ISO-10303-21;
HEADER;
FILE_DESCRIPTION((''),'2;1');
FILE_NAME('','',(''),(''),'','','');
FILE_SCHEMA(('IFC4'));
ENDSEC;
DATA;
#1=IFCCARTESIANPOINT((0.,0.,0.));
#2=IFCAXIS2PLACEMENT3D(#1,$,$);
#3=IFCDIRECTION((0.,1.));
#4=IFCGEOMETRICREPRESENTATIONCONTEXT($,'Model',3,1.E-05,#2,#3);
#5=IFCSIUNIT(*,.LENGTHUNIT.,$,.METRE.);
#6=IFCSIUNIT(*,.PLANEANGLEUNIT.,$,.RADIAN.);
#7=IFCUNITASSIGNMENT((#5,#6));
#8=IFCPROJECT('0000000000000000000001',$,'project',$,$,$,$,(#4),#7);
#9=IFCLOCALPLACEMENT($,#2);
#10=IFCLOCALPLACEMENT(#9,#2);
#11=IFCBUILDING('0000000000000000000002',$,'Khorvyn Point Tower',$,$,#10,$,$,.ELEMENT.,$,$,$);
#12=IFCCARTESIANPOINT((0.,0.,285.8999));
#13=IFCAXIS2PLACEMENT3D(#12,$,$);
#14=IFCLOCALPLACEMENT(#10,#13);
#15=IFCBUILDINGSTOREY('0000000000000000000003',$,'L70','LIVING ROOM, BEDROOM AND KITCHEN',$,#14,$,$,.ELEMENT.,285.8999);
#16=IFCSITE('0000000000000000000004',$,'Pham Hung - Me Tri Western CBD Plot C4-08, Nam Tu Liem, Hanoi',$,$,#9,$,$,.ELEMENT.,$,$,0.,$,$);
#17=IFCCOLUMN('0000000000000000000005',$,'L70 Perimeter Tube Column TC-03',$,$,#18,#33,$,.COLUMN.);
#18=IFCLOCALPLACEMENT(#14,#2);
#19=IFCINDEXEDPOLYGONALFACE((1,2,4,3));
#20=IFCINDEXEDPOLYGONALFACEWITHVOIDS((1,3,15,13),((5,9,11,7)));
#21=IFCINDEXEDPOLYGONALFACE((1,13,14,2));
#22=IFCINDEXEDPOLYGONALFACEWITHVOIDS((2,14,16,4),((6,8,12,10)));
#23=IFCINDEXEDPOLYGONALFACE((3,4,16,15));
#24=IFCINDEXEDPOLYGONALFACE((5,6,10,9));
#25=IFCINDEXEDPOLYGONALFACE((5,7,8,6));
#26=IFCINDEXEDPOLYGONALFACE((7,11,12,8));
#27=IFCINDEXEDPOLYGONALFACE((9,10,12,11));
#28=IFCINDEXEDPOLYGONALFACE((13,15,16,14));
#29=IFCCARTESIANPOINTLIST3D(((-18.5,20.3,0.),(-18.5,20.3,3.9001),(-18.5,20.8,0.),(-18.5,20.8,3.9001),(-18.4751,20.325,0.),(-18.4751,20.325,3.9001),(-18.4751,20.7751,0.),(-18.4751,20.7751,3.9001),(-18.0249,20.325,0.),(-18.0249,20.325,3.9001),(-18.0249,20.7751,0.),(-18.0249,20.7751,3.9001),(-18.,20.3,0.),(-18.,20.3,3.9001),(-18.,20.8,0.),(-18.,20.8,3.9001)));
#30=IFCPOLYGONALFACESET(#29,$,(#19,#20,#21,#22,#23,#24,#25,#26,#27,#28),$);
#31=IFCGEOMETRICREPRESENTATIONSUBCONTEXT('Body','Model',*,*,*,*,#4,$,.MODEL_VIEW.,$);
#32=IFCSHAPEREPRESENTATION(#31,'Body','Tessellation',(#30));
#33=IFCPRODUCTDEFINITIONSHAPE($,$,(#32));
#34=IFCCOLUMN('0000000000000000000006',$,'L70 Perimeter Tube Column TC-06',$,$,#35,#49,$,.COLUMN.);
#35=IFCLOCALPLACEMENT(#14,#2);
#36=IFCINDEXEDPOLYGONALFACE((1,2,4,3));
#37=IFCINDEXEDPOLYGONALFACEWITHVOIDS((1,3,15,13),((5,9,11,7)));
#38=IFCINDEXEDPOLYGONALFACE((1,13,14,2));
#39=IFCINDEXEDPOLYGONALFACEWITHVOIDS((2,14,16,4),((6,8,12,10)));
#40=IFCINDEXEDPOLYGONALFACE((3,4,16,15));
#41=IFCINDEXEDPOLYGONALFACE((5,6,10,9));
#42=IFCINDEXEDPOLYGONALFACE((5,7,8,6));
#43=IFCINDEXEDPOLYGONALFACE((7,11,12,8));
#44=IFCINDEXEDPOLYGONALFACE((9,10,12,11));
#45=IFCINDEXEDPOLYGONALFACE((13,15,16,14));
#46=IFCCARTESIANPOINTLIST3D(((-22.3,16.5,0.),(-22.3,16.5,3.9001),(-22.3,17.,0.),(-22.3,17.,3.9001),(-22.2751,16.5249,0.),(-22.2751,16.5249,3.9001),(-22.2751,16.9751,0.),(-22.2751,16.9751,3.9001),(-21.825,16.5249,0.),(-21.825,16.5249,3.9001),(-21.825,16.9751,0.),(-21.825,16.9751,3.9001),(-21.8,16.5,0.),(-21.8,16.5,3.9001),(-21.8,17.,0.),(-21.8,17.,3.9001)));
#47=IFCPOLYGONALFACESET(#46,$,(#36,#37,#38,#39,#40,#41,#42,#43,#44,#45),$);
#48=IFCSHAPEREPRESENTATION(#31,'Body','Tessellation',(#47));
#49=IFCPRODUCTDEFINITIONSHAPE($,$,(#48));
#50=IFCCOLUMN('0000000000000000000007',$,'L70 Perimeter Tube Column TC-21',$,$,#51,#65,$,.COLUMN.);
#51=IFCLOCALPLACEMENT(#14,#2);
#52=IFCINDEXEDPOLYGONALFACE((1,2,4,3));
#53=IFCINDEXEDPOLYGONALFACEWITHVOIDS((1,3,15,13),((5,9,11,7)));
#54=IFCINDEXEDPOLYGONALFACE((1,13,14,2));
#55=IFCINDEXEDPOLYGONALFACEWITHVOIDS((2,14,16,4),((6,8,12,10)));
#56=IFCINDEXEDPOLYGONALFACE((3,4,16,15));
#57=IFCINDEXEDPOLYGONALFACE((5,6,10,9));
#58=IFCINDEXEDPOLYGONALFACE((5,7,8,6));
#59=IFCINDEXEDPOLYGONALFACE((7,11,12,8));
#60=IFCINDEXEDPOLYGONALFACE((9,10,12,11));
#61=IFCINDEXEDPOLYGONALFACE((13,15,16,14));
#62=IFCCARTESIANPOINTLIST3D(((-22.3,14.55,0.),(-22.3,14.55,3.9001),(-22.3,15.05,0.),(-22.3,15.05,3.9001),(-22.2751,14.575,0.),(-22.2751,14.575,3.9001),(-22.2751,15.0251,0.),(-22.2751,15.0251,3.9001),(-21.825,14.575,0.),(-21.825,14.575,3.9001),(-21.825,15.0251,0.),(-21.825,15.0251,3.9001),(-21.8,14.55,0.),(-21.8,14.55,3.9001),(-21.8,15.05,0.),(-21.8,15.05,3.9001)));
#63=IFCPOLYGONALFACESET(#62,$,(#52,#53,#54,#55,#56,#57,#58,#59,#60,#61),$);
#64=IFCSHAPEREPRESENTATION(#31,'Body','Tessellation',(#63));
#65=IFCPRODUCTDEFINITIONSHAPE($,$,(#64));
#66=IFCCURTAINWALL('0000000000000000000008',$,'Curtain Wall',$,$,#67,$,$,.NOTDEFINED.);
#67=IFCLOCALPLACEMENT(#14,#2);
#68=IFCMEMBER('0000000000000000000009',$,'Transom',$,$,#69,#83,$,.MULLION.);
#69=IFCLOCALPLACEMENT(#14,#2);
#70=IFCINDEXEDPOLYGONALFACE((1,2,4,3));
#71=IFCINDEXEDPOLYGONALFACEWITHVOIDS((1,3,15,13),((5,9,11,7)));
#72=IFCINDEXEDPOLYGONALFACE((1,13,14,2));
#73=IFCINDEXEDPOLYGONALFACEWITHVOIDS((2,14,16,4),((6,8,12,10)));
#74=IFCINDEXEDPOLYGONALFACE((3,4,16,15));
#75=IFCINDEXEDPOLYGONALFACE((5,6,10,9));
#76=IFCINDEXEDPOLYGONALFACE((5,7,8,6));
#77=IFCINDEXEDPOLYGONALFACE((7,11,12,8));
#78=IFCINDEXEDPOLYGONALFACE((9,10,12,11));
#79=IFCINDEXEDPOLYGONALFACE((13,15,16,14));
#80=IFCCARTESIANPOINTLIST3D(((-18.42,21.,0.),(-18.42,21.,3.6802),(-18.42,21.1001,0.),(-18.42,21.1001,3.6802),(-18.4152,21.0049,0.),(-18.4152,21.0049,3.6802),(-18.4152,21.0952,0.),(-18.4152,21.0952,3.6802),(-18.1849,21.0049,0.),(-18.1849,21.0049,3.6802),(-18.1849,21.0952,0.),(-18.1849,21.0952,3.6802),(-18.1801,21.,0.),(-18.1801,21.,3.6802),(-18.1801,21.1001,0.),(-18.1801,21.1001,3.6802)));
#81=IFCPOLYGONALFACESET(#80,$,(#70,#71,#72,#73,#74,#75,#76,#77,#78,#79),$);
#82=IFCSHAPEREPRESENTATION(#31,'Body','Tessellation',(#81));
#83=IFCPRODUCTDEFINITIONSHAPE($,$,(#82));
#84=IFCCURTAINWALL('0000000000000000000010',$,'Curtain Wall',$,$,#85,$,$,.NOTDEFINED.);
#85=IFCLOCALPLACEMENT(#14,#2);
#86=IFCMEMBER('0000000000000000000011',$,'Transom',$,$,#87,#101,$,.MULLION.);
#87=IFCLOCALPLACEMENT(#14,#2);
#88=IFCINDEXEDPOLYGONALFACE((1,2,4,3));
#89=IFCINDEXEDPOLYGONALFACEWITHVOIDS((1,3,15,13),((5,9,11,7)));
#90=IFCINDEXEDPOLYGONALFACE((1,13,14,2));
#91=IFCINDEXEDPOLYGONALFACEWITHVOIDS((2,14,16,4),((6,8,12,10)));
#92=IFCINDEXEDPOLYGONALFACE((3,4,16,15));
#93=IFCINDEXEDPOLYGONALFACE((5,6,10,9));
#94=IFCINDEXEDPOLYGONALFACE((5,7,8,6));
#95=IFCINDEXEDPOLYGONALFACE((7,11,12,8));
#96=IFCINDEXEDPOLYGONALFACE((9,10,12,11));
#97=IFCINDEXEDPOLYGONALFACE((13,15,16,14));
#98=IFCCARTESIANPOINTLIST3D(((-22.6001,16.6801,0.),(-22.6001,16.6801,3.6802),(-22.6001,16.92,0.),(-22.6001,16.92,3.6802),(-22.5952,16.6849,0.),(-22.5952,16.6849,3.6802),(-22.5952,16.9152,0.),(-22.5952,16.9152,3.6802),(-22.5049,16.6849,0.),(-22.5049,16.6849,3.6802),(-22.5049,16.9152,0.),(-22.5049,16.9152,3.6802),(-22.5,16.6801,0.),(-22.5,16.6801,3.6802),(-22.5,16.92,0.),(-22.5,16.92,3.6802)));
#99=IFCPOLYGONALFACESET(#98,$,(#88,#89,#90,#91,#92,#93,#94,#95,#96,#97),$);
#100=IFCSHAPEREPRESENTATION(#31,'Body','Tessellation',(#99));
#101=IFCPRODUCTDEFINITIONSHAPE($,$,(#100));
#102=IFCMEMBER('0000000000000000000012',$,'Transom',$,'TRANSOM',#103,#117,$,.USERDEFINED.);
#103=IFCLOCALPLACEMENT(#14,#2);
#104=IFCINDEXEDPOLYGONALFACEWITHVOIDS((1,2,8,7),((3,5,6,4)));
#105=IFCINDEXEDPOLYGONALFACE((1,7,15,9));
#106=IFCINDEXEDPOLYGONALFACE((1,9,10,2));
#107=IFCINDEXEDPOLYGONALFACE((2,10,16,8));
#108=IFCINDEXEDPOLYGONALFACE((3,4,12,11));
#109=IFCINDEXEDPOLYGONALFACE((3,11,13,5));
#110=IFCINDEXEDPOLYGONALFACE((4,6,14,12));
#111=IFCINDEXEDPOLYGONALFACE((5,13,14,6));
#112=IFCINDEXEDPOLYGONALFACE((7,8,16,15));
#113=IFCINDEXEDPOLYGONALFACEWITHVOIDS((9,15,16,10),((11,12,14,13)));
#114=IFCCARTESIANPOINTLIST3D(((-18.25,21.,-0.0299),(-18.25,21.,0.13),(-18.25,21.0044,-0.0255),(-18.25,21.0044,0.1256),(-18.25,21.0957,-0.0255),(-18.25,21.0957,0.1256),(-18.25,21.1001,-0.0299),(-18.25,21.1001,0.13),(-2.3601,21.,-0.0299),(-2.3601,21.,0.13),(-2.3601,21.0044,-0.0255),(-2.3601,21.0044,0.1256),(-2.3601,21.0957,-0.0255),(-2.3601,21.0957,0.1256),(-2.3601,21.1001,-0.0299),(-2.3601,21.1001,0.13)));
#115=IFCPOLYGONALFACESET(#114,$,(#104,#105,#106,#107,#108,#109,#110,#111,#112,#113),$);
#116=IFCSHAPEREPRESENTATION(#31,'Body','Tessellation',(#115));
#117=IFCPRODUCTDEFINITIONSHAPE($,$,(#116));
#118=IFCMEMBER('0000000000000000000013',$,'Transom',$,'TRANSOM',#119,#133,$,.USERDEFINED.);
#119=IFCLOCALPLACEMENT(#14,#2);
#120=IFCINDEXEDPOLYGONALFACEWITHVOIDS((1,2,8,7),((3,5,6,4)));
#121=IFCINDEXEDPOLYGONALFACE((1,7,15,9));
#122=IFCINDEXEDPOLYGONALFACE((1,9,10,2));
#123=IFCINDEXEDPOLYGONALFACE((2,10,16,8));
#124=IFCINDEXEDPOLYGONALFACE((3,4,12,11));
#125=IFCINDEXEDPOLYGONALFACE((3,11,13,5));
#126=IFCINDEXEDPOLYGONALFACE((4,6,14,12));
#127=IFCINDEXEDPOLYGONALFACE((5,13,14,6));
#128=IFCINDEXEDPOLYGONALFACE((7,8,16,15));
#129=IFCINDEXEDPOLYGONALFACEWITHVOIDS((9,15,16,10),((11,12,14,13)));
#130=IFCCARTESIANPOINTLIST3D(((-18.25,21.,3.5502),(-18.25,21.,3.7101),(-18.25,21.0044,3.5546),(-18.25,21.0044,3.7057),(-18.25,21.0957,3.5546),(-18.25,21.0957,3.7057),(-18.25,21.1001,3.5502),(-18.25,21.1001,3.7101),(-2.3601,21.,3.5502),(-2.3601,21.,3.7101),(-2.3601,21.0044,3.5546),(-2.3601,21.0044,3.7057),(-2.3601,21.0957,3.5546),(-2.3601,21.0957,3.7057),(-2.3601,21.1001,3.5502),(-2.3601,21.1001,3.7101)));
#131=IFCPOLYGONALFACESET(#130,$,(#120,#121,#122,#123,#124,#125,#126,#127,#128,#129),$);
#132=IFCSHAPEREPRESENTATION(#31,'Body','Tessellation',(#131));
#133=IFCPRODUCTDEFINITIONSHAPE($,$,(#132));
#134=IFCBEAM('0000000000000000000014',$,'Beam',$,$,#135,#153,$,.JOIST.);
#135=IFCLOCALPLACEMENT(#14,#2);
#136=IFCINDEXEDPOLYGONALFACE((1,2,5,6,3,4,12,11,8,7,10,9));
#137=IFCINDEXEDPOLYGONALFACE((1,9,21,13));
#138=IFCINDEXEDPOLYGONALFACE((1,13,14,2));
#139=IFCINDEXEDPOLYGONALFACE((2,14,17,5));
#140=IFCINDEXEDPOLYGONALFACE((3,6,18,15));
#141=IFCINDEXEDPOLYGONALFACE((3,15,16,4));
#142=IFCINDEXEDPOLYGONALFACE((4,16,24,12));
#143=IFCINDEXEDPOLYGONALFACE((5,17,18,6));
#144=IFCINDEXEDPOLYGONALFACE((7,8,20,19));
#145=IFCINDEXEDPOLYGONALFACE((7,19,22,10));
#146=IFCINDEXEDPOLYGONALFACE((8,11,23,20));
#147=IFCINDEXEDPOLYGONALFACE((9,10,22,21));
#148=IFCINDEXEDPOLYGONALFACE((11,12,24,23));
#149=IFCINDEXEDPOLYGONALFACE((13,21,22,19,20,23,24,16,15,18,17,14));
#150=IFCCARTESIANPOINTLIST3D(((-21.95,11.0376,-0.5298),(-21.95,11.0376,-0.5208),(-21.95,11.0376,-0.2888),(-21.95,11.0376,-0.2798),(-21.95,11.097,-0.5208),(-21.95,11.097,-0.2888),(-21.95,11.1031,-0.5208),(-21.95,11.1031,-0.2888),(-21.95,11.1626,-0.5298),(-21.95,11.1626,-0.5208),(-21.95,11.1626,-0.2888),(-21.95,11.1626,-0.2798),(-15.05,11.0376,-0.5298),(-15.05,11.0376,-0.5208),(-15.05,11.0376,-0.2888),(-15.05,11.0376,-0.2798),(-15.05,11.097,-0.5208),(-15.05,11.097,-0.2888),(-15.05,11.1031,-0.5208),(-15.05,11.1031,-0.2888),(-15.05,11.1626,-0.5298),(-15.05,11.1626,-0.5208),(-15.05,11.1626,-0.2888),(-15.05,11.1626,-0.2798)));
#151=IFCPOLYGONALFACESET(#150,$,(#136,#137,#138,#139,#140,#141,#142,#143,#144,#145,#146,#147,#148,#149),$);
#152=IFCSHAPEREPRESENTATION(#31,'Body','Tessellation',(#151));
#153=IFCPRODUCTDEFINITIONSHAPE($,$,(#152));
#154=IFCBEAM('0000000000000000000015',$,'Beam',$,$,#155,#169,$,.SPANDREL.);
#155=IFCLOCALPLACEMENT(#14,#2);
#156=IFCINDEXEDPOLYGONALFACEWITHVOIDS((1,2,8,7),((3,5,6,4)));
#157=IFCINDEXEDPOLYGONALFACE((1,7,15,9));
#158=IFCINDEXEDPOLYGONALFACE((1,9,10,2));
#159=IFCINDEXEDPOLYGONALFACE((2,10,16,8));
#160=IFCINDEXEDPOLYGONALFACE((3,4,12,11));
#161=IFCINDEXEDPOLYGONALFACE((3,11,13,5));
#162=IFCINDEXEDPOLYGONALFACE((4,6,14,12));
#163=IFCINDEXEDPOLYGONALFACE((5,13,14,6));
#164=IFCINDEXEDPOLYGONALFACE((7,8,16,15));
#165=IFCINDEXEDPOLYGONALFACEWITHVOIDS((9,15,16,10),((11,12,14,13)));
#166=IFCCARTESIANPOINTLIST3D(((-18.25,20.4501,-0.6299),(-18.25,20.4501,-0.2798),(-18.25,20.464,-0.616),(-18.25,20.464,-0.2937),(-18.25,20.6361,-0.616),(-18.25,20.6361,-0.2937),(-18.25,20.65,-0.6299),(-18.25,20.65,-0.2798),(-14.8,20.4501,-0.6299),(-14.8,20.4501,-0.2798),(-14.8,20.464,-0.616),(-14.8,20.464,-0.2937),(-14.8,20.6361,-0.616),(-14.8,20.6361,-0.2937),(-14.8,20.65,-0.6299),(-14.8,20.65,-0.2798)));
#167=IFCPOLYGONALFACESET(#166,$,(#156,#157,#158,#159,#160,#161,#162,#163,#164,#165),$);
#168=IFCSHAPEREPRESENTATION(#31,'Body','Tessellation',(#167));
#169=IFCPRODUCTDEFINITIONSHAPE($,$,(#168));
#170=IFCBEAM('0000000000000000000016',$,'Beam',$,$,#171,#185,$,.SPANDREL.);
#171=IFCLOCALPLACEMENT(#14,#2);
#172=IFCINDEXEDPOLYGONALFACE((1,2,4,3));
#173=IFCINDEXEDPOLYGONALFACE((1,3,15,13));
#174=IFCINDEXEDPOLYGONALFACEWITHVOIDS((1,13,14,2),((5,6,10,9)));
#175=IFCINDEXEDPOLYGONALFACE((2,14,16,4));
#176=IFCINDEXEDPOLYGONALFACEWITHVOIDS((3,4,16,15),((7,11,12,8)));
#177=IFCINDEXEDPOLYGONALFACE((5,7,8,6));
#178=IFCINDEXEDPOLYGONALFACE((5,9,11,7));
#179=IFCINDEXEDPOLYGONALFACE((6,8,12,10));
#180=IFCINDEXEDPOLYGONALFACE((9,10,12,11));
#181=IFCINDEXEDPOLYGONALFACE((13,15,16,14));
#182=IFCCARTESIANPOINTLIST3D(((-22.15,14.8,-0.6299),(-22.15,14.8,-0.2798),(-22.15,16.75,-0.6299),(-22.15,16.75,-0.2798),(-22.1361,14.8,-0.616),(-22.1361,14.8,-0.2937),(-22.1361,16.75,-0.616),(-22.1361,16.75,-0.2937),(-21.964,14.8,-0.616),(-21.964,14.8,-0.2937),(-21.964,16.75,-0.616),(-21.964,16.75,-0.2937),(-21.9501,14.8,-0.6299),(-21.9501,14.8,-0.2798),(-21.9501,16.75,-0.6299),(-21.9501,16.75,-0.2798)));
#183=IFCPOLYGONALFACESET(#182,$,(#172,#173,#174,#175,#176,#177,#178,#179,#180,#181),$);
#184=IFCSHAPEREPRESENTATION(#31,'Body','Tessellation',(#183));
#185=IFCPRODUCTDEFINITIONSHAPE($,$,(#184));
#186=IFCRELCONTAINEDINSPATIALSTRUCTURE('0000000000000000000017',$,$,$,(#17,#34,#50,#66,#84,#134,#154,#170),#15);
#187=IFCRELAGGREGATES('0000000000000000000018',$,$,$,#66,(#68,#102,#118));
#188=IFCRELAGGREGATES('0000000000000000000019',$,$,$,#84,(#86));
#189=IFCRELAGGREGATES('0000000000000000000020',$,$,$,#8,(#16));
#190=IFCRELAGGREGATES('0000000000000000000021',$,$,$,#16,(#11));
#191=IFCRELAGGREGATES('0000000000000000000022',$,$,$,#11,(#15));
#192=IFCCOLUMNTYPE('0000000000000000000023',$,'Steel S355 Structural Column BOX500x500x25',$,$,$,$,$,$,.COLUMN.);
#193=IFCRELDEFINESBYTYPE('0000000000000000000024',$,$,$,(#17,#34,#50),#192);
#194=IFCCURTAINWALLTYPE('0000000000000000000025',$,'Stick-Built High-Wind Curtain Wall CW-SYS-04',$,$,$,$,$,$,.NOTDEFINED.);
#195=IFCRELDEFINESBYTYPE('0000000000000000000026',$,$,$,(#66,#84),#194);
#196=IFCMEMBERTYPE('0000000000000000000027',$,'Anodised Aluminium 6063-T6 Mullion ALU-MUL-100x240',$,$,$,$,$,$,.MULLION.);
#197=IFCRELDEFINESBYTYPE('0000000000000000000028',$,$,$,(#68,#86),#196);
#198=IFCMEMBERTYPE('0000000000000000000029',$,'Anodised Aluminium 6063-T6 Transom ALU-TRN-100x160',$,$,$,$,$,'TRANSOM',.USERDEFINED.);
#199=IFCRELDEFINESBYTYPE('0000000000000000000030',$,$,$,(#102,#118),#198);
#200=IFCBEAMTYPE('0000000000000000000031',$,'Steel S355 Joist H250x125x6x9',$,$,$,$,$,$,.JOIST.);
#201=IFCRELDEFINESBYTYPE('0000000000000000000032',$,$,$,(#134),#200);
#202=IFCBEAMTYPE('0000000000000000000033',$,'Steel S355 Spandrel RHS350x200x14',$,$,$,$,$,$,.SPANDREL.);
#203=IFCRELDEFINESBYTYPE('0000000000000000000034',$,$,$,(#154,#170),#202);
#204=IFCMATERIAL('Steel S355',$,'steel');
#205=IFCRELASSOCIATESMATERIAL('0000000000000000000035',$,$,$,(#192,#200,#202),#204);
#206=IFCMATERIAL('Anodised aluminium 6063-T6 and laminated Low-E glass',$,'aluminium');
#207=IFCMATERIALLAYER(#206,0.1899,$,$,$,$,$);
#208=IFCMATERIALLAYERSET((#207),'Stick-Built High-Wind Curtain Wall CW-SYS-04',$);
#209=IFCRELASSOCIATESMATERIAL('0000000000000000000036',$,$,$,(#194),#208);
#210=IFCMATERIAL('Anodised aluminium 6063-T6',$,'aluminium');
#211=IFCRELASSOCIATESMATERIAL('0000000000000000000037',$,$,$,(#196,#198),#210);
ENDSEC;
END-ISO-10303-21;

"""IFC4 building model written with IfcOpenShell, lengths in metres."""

from ifc_helpers import new_model, si_unit, direction, frame, origin, origin_2d, place, context, subcontext, project, spatial, hollow_rectangle, i_section, extrude, material, layer, layer_set, material_profile, profile_set, type_object, element, aggregate, save


model = new_model("IFC4")

# Units and contexts
model_context = context("Model", 3, precision=1e-05, world=origin(), true_north=direction((0.0, 1.0)))
body_context = subcontext(model_context, "Body", "Model", "MODEL_VIEW")
ifc_project = project(units=[si_unit("LENGTHUNIT", "METRE"), si_unit("PLANEANGLEUNIT", "RADIAN")], contexts=[model_context])

# Site, building, storey
site_placement = place(None, origin())
site = spatial("IfcSite", under=ifc_project, at=site_placement, Name="Pham Hung - Me Tri Western CBD Plot C4-08, Nam Tu Liem, Hanoi", CompositionType="ELEMENT", RefElevation=0.0)
building_placement = place(site_placement, origin())
building = spatial("IfcBuilding", under=site, at=building_placement, Name="Khorvyn Point Tower", CompositionType="ELEMENT")
storey_placement = place(building_placement, frame((0.0, 0.0, 285.8999)))
storey = spatial("IfcBuildingStorey", under=building, at=storey_placement, Name="L70", Description="LIVING ROOM, BEDROOM AND KITCHEN", CompositionType="ELEMENT", Elevation=285.8999)

# Columns
ifc_material_1 = material(Name="Steel S355", Category="steel")
ifc_material_profile_1 = material_profile(ifc_material_1, hollow_rectangle(XDim=0.5, YDim=0.5, WallThickness=0.0249, at=origin_2d()))
ifc_profile_set_1 = profile_set([ifc_material_profile_1], Name="Steel S355 BOX500x500x25")
column_type = type_object("IfcColumnType", Name="Steel S355 Structural Column BOX500x500x25", PredefinedType="COLUMN", material=ifc_profile_set_1)
for number, where, z_axis, x_axis, name in (
    (1, (-18.25, 20.55, 0.0), (0.0, 0.0, 1.0), (1.0, 0.0, 0.0), "L70 Perimeter Tube Column TC-03"),
    (2, (-22.05, 16.75, 0.0), (0.0, 0.0, 1.0), (1.0, 0.0, 0.0), "L70 Perimeter Tube Column TC-06"),
    (3, (-22.05, 14.8, 0.0), (0.0, 0.0, 1.0), (1.0, 0.0, 0.0), "L70 Perimeter Tube Column TC-21"),
):
    element("IfcColumn", number, at=place(storey_placement, frame(where, z_axis=z_axis, x_axis=x_axis)), inside=storey, type_object=column_type, Name=name, PredefinedType="COLUMN", context=body_context, shape_type="SweptSolid", body=[
        extrude(hollow_rectangle(XDim=0.5, YDim=0.5, WallThickness=0.0249, at=origin_2d()), origin(), (0.0, 0.0, 1.0), 3.9001),
    ])

# Curtain walls, members
ifc_material_2 = material(Name="Anodised aluminium 6063-T6 and laminated Low-E glass", Category="aluminium")
ifc_layer_1 = layer(ifc_material_2, 0.1899)
ifc_layer_set_1 = layer_set([ifc_layer_1], Name="Stick-Built High-Wind Curtain Wall CW-SYS-04")
curtain_wall_type = type_object("IfcCurtainWallType", Name="Stick-Built High-Wind Curtain Wall CW-SYS-04", PredefinedType="NOTDEFINED", material=ifc_layer_set_1)
curtain_wall_1_placement = place(storey_placement, origin())
curtain_wall_1 = element("IfcCurtainWall", 4, at=curtain_wall_1_placement, inside=storey, type_object=curtain_wall_type, Name="Curtain Wall", PredefinedType="NOTDEFINED")
ifc_material_3 = material(Name="Anodised aluminium 6063-T6", Category="aluminium")
ifc_material_profile_2 = material_profile(ifc_material_3, hollow_rectangle(XDim=0.1001, YDim=0.24, WallThickness=0.0049, at=origin_2d()))
ifc_profile_set_2 = profile_set([ifc_material_profile_2], Name="Anodised aluminium 6063-T6 ALU-MUL-100x240")
member_type_1 = type_object("IfcMemberType", Name="Anodised Aluminium 6063-T6 Mullion ALU-MUL-100x240", PredefinedType="MULLION", material=ifc_profile_set_2)
member_1_placement = place(storey_placement, frame((-18.3, 21.05, 0.0), z_axis=(0.0, 0.0, 1.0), x_axis=(0.0, 1.0, 0.0)))
member_1 = element("IfcMember", 5, at=member_1_placement, type_object=member_type_1, Name="Transom", PredefinedType="MULLION", context=body_context, shape_type="SweptSolid", body=[
    extrude(hollow_rectangle(XDim=0.1001, YDim=0.24, WallThickness=0.0049, at=origin_2d()), origin(), (0.0, 0.0, 1.0), 3.6802),
])
curtain_wall_2_placement = place(storey_placement, origin())
curtain_wall_2 = element("IfcCurtainWall", 6, at=curtain_wall_2_placement, inside=storey, type_object=curtain_wall_type, Name="Curtain Wall", PredefinedType="NOTDEFINED")
member_2_placement = place(storey_placement, frame((-22.55, 16.8, 0.0), z_axis=(0.0, 0.0, 1.0), x_axis=(-1.0, 0.0, 0.0)))
member_2 = element("IfcMember", 7, at=member_2_placement, type_object=member_type_1, Name="Transom", PredefinedType="MULLION", context=body_context, shape_type="SweptSolid", body=[
    extrude(hollow_rectangle(XDim=0.1001, YDim=0.24, WallThickness=0.0049, at=origin_2d()), origin(), (0.0, 0.0, 1.0), 3.6802),
])

# Members
ifc_material_profile_3 = material_profile(ifc_material_3, hollow_rectangle(XDim=0.1001, YDim=0.1599, WallThickness=0.0044, at=origin_2d()))
ifc_profile_set_3 = profile_set([ifc_material_profile_3], Name="Anodised aluminium 6063-T6 ALU-TRN-100x160")
member_type_2 = type_object("IfcMemberType", Name="Anodised Aluminium 6063-T6 Transom ALU-TRN-100x160", ElementType="TRANSOM", PredefinedType="USERDEFINED", material=ifc_profile_set_3)
member_3_placement = place(storey_placement, frame((-18.25, 21.05, 0.05), z_axis=(1.0, 0.0, 0.0), x_axis=(0.0, 1.0, 0.0)))
member_3 = element("IfcMember", 8, at=member_3_placement, type_object=member_type_2, Name="Transom", ObjectType="TRANSOM", PredefinedType="USERDEFINED", context=body_context, shape_type="SweptSolid", body=[
    extrude(hollow_rectangle(XDim=0.1001, YDim=0.1599, WallThickness=0.0044, at=origin_2d()), origin(), (0.0, 0.0, 1.0), 15.8899),
])
member_4_placement = place(storey_placement, frame((-18.25, 21.05, 3.6301), z_axis=(1.0, 0.0, 0.0), x_axis=(0.0, 1.0, 0.0)))
member_4 = element("IfcMember", 9, at=member_4_placement, type_object=member_type_2, Name="Transom", ObjectType="TRANSOM", PredefinedType="USERDEFINED", context=body_context, shape_type="SweptSolid", body=[
    extrude(hollow_rectangle(XDim=0.1001, YDim=0.1599, WallThickness=0.0044, at=origin_2d()), origin(), (0.0, 0.0, 1.0), 15.8899),
])
aggregate(curtain_wall_1, [member_1, member_3, member_4])

# Beams
ifc_material_profile_4 = material_profile(ifc_material_1, i_section(OverallWidth=0.125, OverallDepth=0.25, WebThickness=0.0061, FlangeThickness=0.009, at=origin_2d()))
ifc_profile_set_4 = profile_set([ifc_material_profile_4], Name="Steel S355 H250x125x6x9")
beam_type_1 = type_object("IfcBeamType", Name="Steel S355 Joist H250x125x6x9", PredefinedType="JOIST", material=ifc_profile_set_4)
beam_1_placement = place(storey_placement, frame((-21.95, 11.1001, -0.4048), z_axis=(1.0, 0.0, 0.0), x_axis=(0.0, 1.0, 0.0)))
element("IfcBeam", 10, at=beam_1_placement, inside=storey, type_object=beam_type_1, Name="Beam", PredefinedType="JOIST", context=body_context, shape_type="SweptSolid", body=[
    extrude(i_section(OverallWidth=0.125, OverallDepth=0.25, WebThickness=0.0061, FlangeThickness=0.009, at=origin_2d()), origin(), (0.0, 0.0, 1.0), 6.8999),
])
ifc_material_profile_5 = material_profile(ifc_material_1, hollow_rectangle(XDim=0.2, YDim=0.3501, WallThickness=0.0139, at=origin_2d()))
ifc_profile_set_5 = profile_set([ifc_material_profile_5], Name="Steel S355 RHS350x200x14")
beam_type_2 = type_object("IfcBeamType", Name="Steel S355 Spandrel RHS350x200x14", PredefinedType="SPANDREL", material=ifc_profile_set_5)
beam_2_placement = place(storey_placement, frame((-18.25, 20.55, -0.4548), z_axis=(1.0, 0.0, 0.0), x_axis=(0.0, 1.0, 0.0)))
element("IfcBeam", 11, at=beam_2_placement, inside=storey, type_object=beam_type_2, Name="Beam", PredefinedType="SPANDREL", context=body_context, shape_type="SweptSolid", body=[
    extrude(hollow_rectangle(XDim=0.2, YDim=0.3501, WallThickness=0.0139, at=origin_2d()), origin(), (0.0, 0.0, 1.0), 3.45),
])
beam_3_placement = place(storey_placement, frame((-22.05, 14.8, -0.4548), z_axis=(0.0, 1.0, 0.0), x_axis=(-1.0, 0.0, 0.0)))
element("IfcBeam", 12, at=beam_3_placement, inside=storey, type_object=beam_type_2, Name="Beam", PredefinedType="SPANDREL", context=body_context, shape_type="SweptSolid", body=[
    extrude(hollow_rectangle(XDim=0.2, YDim=0.3501, WallThickness=0.0139, at=origin_2d()), origin(), (0.0, 0.0, 1.0), 1.95),
])

aggregate(curtain_wall_2, [member_2])

save(model, "model.ifc")
